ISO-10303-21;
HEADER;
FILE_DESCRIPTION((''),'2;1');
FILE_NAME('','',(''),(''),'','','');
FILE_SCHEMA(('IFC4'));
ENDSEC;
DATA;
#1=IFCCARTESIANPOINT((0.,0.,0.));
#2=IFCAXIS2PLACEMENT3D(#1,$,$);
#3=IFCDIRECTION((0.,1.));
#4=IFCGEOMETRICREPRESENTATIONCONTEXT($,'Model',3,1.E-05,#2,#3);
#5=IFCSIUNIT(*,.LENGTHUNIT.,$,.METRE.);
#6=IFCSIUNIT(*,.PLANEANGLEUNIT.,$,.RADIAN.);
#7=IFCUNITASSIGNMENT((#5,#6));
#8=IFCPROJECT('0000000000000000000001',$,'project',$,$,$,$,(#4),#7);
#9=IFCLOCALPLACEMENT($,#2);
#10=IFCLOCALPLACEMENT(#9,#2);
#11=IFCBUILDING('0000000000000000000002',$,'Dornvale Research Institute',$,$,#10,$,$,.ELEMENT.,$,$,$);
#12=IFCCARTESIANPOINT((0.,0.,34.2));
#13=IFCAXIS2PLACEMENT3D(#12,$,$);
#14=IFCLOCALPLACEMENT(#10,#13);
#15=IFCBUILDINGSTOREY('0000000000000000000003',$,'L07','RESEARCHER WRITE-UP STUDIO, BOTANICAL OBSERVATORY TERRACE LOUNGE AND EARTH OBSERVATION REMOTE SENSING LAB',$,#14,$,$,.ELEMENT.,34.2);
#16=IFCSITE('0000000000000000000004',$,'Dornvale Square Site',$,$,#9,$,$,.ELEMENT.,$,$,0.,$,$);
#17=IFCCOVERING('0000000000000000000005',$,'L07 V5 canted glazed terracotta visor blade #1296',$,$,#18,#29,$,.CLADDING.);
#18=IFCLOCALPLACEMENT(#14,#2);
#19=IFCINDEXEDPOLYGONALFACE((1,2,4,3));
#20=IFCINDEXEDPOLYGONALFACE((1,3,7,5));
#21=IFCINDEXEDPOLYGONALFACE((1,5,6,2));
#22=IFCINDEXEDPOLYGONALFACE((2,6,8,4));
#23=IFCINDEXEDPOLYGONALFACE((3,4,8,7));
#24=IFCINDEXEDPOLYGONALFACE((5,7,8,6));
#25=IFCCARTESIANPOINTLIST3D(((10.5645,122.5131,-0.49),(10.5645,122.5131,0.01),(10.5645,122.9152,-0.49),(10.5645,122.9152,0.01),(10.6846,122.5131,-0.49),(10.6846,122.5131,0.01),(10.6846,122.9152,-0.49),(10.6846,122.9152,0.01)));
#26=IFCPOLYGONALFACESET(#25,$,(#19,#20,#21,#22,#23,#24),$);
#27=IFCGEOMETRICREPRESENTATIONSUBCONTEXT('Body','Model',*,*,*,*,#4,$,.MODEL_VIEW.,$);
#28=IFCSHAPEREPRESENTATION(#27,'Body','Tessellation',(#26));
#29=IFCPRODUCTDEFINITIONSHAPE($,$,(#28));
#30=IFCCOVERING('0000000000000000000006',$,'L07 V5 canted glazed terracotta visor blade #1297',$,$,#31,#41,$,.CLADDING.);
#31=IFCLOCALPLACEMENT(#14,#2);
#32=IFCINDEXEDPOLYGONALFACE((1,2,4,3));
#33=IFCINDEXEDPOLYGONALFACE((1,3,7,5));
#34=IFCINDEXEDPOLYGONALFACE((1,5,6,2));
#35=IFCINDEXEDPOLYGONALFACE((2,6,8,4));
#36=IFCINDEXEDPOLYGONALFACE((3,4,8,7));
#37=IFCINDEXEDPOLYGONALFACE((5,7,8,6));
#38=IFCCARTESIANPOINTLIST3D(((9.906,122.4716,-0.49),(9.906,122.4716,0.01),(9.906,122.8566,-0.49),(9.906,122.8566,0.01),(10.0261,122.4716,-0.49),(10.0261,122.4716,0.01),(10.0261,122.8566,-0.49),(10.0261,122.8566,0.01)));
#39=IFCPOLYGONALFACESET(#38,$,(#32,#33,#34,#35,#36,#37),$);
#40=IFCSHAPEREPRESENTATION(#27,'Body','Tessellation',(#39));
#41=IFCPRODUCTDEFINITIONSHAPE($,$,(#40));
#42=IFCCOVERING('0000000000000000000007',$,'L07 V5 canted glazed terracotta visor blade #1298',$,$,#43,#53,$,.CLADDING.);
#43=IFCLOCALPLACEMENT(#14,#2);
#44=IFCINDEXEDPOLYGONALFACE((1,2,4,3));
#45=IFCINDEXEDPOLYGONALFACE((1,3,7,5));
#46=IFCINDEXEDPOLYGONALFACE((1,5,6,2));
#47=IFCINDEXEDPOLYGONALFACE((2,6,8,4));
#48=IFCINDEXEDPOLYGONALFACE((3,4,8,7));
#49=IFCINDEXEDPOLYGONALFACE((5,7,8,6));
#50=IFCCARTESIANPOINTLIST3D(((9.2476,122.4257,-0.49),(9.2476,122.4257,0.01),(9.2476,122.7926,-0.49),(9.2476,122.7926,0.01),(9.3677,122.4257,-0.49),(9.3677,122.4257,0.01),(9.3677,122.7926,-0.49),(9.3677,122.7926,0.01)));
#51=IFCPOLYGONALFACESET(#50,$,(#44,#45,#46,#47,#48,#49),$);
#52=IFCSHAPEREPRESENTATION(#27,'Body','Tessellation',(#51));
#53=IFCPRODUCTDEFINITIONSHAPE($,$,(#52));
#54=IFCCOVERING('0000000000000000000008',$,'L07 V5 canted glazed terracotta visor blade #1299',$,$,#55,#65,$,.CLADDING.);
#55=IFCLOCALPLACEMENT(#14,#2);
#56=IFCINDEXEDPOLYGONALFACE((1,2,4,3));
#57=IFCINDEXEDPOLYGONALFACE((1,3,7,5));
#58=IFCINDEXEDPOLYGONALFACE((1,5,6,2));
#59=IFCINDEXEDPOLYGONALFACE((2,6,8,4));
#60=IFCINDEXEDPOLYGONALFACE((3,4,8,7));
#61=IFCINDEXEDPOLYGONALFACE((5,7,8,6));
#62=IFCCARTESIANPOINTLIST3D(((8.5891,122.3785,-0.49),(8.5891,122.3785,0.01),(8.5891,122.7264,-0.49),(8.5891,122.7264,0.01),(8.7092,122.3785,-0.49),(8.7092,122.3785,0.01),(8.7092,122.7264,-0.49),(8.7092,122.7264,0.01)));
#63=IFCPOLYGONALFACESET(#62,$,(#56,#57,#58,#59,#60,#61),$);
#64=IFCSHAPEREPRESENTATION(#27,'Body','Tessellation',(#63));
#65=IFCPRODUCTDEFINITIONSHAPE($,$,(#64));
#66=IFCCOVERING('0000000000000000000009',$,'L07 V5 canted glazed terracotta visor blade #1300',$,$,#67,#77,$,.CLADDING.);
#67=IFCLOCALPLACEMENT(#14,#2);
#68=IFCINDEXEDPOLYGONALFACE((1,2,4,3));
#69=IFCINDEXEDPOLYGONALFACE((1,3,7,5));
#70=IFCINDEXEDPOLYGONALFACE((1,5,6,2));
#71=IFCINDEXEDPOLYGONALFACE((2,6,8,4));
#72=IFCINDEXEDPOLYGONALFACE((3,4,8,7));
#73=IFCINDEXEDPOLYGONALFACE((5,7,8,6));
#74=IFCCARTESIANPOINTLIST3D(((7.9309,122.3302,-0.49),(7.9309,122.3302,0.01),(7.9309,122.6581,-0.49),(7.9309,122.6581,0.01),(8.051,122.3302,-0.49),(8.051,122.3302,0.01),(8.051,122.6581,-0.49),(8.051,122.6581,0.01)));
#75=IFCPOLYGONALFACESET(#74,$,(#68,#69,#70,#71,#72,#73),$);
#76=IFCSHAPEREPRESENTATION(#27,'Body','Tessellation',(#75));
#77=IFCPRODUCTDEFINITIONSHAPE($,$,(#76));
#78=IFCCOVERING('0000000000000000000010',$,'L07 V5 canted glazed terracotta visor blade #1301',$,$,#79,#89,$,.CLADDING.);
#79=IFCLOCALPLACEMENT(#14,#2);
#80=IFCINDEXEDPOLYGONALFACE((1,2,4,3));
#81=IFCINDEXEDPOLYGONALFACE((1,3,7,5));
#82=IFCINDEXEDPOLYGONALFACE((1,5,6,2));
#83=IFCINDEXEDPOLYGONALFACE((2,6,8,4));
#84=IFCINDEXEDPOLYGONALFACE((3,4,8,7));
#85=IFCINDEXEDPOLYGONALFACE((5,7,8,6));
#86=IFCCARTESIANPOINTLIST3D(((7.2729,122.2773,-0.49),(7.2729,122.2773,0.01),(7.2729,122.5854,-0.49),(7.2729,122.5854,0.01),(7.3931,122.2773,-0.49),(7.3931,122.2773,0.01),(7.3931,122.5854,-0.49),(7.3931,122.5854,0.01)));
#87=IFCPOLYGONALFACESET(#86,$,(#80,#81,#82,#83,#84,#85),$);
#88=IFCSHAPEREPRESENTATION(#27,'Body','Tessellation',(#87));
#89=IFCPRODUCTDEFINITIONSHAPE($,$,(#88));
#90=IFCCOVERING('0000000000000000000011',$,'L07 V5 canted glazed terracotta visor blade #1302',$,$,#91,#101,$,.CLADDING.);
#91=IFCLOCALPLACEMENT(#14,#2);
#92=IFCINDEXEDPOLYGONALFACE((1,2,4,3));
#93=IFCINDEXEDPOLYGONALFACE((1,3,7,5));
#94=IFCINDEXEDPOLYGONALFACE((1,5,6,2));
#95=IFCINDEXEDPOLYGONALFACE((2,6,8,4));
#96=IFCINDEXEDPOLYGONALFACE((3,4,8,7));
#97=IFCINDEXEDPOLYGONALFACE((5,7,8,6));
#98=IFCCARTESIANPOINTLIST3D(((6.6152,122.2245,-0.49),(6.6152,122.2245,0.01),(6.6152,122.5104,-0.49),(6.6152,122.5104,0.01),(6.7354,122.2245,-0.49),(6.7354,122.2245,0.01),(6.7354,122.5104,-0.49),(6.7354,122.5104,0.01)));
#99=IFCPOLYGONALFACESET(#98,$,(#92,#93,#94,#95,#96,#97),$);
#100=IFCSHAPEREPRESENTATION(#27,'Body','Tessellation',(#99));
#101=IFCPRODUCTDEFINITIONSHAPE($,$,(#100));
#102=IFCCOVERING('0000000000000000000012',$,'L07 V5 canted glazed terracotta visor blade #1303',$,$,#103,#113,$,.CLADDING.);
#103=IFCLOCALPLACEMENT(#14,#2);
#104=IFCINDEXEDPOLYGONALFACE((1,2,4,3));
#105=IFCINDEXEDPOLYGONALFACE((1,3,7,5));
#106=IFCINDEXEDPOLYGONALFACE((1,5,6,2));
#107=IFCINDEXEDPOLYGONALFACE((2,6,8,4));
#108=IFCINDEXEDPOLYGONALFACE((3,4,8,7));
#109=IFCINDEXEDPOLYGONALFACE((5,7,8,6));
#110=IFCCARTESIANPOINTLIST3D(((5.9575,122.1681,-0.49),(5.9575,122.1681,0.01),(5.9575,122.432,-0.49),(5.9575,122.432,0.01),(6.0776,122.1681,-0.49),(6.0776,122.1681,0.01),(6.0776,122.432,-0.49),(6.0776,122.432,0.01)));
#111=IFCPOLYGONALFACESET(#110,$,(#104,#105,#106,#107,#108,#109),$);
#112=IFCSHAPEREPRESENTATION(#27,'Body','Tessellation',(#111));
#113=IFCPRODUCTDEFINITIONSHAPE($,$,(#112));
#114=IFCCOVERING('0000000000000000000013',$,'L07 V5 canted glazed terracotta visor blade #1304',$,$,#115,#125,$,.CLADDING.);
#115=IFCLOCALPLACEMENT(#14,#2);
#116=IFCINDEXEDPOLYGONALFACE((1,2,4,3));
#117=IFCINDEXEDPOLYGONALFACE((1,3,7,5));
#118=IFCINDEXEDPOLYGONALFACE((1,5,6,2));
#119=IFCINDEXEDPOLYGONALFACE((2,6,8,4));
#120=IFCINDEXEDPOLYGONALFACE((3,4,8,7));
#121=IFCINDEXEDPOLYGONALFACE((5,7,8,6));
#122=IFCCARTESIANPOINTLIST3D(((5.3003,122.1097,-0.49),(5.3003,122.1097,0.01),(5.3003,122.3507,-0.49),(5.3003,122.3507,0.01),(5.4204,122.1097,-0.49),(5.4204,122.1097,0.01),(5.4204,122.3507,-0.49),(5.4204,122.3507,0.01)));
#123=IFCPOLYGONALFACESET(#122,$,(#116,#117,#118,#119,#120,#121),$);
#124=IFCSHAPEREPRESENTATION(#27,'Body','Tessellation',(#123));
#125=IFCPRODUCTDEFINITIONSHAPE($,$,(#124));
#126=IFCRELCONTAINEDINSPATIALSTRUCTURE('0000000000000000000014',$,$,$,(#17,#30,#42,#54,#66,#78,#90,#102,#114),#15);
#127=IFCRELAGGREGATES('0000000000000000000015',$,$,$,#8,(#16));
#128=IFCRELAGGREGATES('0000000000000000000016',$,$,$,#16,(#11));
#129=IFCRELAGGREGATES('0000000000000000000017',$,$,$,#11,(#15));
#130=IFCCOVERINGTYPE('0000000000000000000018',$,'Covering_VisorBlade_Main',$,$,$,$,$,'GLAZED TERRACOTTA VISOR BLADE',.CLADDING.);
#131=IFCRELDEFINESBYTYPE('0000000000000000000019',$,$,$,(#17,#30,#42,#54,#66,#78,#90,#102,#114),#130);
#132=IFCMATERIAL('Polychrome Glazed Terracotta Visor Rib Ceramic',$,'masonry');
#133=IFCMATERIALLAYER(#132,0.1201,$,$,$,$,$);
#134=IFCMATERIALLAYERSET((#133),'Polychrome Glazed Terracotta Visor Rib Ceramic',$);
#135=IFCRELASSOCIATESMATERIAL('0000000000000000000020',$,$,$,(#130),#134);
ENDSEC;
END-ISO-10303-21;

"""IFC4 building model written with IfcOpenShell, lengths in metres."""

from ifc_helpers import new_model, si_unit, direction, frame, origin, origin_2d, place, context, subcontext, project, spatial, rectangle, extrude, material, layer, layer_set, type_object, element, save


model = new_model("IFC4")

# Units and contexts
model_context = context("Model", 3, precision=1e-05, world=origin(), true_north=direction((0.0, 1.0)))
body_context = subcontext(model_context, "Body", "Model", "MODEL_VIEW")
ifc_project = project(units=[si_unit("LENGTHUNIT", "METRE"), si_unit("PLANEANGLEUNIT", "RADIAN")], contexts=[model_context])

# Site, building, storey
site_placement = place(None, origin())
site = spatial("IfcSite", under=ifc_project, at=site_placement, Name="Dornvale Square Site", CompositionType="ELEMENT", RefElevation=0.0)
building_placement = place(site_placement, origin())
building = spatial("IfcBuilding", under=site, at=building_placement, Name="Dornvale Research Institute", CompositionType="ELEMENT")
storey_placement = place(building_placement, frame((0.0, 0.0, 34.2)))
storey = spatial("IfcBuildingStorey", under=building, at=storey_placement, Name="L07", Description="RESEARCHER WRITE-UP STUDIO, BOTANICAL OBSERVATORY TERRACE LOUNGE AND EARTH OBSERVATION REMOTE SENSING LAB", CompositionType="ELEMENT", Elevation=34.2)

# Coverings
ifc_material_1 = material(Name="Polychrome Glazed Terracotta Visor Rib Ceramic", Category="masonry")
ifc_layer_1 = layer(ifc_material_1, 0.1201)
ifc_layer_set_1 = layer_set([ifc_layer_1], Name="Polychrome Glazed Terracotta Visor Rib Ceramic")
covering_type = type_object("IfcCoveringType", Name="Covering_VisorBlade_Main", ElementType="GLAZED TERRACOTTA VISOR BLADE", PredefinedType="CLADDING", material=ifc_layer_set_1)
covering_1_placement = place(storey_placement, frame((10.6245, 122.7141, -0.49), z_axis=(0.0, 0.0, 1.0), x_axis=(0.0, 1.0, 0.0)))
element("IfcCovering", 1, at=covering_1_placement, inside=storey, type_object=covering_type, Name="L07 V5 canted glazed terracotta visor blade #1296", PredefinedType="CLADDING", context=body_context, shape_type="SweptSolid", body=[
    extrude(rectangle(XDim=0.4021, YDim=0.1201, at=origin_2d()), origin(), (0.0, 0.0, 1.0), 0.5),
])
covering_2_placement = place(storey_placement, frame((9.9661, 122.6641, -0.49), z_axis=(0.0, 0.0, 1.0), x_axis=(0.0, 1.0, 0.0)))
element("IfcCovering", 2, at=covering_2_placement, inside=storey, type_object=covering_type, Name="L07 V5 canted glazed terracotta visor blade #1297", PredefinedType="CLADDING", context=body_context, shape_type="SweptSolid", body=[
    extrude(rectangle(XDim=0.385, YDim=0.1201, at=origin_2d()), origin(), (0.0, 0.0, 1.0), 0.5),
])
covering_3_placement = place(storey_placement, frame((9.3076, 122.6091, -0.49), z_axis=(0.0, 0.0, 1.0), x_axis=(0.0, 1.0, 0.0)))
element("IfcCovering", 3, at=covering_3_placement, inside=storey, type_object=covering_type, Name="L07 V5 canted glazed terracotta visor blade #1298", PredefinedType="CLADDING", context=body_context, shape_type="SweptSolid", body=[
    extrude(rectangle(XDim=0.3669, YDim=0.1201, at=origin_2d()), origin(), (0.0, 0.0, 1.0), 0.5),
])
covering_4_placement = place(storey_placement, frame((8.6492, 122.5525, -0.49), z_axis=(0.0, 0.0, 1.0), x_axis=(0.0, 1.0, 0.0)))
element("IfcCovering", 4, at=covering_4_placement, inside=storey, type_object=covering_type, Name="L07 V5 canted glazed terracotta visor blade #1299", PredefinedType="CLADDING", context=body_context, shape_type="SweptSolid", body=[
    extrude(rectangle(XDim=0.3479, YDim=0.1201, at=origin_2d()), origin(), (0.0, 0.0, 1.0), 0.5),
])
covering_5_placement = place(storey_placement, frame((7.991, 122.4941, -0.49), z_axis=(0.0, 0.0, 1.0), x_axis=(0.0, 1.0, 0.0)))
element("IfcCovering", 5, at=covering_5_placement, inside=storey, type_object=covering_type, Name="L07 V5 canted glazed terracotta visor blade #1300", PredefinedType="CLADDING", context=body_context, shape_type="SweptSolid", body=[
    extrude(rectangle(XDim=0.3279, YDim=0.1201, at=origin_2d()), origin(), (0.0, 0.0, 1.0), 0.5),
])
covering_6_placement = place(storey_placement, frame((7.333, 122.4314, -0.49), z_axis=(0.0, 0.0, 1.0), x_axis=(0.0, 1.0, 0.0)))
element("IfcCovering", 6, at=covering_6_placement, inside=storey, type_object=covering_type, Name="L07 V5 canted glazed terracotta visor blade #1301", PredefinedType="CLADDING", context=body_context, shape_type="SweptSolid", body=[
    extrude(rectangle(XDim=0.3081, YDim=0.1201, at=origin_2d()), origin(), (0.0, 0.0, 1.0), 0.5),
])
covering_7_placement = place(storey_placement, frame((6.6753, 122.3674, -0.49), z_axis=(0.0, 0.0, 1.0), x_axis=(0.0, 1.0, 0.0)))
element("IfcCovering", 7, at=covering_7_placement, inside=storey, type_object=covering_type, Name="L07 V5 canted glazed terracotta visor blade #1302", PredefinedType="CLADDING", context=body_context, shape_type="SweptSolid", body=[
    extrude(rectangle(XDim=0.2859, YDim=0.1201, at=origin_2d()), origin(), (0.0, 0.0, 1.0), 0.5),
])
covering_8_placement = place(storey_placement, frame((6.0176, 122.3, -0.49), z_axis=(0.0, 0.0, 1.0), x_axis=(0.0, 1.0, 0.0)))
element("IfcCovering", 8, at=covering_8_placement, inside=storey, type_object=covering_type, Name="L07 V5 canted glazed terracotta visor blade #1303", PredefinedType="CLADDING", context=body_context, shape_type="SweptSolid", body=[
    extrude(rectangle(XDim=0.2639, YDim=0.1201, at=origin_2d()), origin(), (0.0, 0.0, 1.0), 0.5),
])
covering_9_placement = place(storey_placement, frame((5.3604, 122.2302, -0.49), z_axis=(0.0, 0.0, 1.0), x_axis=(0.0, 1.0, 0.0)))
element("IfcCovering", 9, at=covering_9_placement, inside=storey, type_object=covering_type, Name="L07 V5 canted glazed terracotta visor blade #1304", PredefinedType="CLADDING", context=body_context, shape_type="SweptSolid", body=[
    extrude(rectangle(XDim=0.241, YDim=0.1201, at=origin_2d()), origin(), (0.0, 0.0, 1.0), 0.5),
])

save(model, "model.ifc")
